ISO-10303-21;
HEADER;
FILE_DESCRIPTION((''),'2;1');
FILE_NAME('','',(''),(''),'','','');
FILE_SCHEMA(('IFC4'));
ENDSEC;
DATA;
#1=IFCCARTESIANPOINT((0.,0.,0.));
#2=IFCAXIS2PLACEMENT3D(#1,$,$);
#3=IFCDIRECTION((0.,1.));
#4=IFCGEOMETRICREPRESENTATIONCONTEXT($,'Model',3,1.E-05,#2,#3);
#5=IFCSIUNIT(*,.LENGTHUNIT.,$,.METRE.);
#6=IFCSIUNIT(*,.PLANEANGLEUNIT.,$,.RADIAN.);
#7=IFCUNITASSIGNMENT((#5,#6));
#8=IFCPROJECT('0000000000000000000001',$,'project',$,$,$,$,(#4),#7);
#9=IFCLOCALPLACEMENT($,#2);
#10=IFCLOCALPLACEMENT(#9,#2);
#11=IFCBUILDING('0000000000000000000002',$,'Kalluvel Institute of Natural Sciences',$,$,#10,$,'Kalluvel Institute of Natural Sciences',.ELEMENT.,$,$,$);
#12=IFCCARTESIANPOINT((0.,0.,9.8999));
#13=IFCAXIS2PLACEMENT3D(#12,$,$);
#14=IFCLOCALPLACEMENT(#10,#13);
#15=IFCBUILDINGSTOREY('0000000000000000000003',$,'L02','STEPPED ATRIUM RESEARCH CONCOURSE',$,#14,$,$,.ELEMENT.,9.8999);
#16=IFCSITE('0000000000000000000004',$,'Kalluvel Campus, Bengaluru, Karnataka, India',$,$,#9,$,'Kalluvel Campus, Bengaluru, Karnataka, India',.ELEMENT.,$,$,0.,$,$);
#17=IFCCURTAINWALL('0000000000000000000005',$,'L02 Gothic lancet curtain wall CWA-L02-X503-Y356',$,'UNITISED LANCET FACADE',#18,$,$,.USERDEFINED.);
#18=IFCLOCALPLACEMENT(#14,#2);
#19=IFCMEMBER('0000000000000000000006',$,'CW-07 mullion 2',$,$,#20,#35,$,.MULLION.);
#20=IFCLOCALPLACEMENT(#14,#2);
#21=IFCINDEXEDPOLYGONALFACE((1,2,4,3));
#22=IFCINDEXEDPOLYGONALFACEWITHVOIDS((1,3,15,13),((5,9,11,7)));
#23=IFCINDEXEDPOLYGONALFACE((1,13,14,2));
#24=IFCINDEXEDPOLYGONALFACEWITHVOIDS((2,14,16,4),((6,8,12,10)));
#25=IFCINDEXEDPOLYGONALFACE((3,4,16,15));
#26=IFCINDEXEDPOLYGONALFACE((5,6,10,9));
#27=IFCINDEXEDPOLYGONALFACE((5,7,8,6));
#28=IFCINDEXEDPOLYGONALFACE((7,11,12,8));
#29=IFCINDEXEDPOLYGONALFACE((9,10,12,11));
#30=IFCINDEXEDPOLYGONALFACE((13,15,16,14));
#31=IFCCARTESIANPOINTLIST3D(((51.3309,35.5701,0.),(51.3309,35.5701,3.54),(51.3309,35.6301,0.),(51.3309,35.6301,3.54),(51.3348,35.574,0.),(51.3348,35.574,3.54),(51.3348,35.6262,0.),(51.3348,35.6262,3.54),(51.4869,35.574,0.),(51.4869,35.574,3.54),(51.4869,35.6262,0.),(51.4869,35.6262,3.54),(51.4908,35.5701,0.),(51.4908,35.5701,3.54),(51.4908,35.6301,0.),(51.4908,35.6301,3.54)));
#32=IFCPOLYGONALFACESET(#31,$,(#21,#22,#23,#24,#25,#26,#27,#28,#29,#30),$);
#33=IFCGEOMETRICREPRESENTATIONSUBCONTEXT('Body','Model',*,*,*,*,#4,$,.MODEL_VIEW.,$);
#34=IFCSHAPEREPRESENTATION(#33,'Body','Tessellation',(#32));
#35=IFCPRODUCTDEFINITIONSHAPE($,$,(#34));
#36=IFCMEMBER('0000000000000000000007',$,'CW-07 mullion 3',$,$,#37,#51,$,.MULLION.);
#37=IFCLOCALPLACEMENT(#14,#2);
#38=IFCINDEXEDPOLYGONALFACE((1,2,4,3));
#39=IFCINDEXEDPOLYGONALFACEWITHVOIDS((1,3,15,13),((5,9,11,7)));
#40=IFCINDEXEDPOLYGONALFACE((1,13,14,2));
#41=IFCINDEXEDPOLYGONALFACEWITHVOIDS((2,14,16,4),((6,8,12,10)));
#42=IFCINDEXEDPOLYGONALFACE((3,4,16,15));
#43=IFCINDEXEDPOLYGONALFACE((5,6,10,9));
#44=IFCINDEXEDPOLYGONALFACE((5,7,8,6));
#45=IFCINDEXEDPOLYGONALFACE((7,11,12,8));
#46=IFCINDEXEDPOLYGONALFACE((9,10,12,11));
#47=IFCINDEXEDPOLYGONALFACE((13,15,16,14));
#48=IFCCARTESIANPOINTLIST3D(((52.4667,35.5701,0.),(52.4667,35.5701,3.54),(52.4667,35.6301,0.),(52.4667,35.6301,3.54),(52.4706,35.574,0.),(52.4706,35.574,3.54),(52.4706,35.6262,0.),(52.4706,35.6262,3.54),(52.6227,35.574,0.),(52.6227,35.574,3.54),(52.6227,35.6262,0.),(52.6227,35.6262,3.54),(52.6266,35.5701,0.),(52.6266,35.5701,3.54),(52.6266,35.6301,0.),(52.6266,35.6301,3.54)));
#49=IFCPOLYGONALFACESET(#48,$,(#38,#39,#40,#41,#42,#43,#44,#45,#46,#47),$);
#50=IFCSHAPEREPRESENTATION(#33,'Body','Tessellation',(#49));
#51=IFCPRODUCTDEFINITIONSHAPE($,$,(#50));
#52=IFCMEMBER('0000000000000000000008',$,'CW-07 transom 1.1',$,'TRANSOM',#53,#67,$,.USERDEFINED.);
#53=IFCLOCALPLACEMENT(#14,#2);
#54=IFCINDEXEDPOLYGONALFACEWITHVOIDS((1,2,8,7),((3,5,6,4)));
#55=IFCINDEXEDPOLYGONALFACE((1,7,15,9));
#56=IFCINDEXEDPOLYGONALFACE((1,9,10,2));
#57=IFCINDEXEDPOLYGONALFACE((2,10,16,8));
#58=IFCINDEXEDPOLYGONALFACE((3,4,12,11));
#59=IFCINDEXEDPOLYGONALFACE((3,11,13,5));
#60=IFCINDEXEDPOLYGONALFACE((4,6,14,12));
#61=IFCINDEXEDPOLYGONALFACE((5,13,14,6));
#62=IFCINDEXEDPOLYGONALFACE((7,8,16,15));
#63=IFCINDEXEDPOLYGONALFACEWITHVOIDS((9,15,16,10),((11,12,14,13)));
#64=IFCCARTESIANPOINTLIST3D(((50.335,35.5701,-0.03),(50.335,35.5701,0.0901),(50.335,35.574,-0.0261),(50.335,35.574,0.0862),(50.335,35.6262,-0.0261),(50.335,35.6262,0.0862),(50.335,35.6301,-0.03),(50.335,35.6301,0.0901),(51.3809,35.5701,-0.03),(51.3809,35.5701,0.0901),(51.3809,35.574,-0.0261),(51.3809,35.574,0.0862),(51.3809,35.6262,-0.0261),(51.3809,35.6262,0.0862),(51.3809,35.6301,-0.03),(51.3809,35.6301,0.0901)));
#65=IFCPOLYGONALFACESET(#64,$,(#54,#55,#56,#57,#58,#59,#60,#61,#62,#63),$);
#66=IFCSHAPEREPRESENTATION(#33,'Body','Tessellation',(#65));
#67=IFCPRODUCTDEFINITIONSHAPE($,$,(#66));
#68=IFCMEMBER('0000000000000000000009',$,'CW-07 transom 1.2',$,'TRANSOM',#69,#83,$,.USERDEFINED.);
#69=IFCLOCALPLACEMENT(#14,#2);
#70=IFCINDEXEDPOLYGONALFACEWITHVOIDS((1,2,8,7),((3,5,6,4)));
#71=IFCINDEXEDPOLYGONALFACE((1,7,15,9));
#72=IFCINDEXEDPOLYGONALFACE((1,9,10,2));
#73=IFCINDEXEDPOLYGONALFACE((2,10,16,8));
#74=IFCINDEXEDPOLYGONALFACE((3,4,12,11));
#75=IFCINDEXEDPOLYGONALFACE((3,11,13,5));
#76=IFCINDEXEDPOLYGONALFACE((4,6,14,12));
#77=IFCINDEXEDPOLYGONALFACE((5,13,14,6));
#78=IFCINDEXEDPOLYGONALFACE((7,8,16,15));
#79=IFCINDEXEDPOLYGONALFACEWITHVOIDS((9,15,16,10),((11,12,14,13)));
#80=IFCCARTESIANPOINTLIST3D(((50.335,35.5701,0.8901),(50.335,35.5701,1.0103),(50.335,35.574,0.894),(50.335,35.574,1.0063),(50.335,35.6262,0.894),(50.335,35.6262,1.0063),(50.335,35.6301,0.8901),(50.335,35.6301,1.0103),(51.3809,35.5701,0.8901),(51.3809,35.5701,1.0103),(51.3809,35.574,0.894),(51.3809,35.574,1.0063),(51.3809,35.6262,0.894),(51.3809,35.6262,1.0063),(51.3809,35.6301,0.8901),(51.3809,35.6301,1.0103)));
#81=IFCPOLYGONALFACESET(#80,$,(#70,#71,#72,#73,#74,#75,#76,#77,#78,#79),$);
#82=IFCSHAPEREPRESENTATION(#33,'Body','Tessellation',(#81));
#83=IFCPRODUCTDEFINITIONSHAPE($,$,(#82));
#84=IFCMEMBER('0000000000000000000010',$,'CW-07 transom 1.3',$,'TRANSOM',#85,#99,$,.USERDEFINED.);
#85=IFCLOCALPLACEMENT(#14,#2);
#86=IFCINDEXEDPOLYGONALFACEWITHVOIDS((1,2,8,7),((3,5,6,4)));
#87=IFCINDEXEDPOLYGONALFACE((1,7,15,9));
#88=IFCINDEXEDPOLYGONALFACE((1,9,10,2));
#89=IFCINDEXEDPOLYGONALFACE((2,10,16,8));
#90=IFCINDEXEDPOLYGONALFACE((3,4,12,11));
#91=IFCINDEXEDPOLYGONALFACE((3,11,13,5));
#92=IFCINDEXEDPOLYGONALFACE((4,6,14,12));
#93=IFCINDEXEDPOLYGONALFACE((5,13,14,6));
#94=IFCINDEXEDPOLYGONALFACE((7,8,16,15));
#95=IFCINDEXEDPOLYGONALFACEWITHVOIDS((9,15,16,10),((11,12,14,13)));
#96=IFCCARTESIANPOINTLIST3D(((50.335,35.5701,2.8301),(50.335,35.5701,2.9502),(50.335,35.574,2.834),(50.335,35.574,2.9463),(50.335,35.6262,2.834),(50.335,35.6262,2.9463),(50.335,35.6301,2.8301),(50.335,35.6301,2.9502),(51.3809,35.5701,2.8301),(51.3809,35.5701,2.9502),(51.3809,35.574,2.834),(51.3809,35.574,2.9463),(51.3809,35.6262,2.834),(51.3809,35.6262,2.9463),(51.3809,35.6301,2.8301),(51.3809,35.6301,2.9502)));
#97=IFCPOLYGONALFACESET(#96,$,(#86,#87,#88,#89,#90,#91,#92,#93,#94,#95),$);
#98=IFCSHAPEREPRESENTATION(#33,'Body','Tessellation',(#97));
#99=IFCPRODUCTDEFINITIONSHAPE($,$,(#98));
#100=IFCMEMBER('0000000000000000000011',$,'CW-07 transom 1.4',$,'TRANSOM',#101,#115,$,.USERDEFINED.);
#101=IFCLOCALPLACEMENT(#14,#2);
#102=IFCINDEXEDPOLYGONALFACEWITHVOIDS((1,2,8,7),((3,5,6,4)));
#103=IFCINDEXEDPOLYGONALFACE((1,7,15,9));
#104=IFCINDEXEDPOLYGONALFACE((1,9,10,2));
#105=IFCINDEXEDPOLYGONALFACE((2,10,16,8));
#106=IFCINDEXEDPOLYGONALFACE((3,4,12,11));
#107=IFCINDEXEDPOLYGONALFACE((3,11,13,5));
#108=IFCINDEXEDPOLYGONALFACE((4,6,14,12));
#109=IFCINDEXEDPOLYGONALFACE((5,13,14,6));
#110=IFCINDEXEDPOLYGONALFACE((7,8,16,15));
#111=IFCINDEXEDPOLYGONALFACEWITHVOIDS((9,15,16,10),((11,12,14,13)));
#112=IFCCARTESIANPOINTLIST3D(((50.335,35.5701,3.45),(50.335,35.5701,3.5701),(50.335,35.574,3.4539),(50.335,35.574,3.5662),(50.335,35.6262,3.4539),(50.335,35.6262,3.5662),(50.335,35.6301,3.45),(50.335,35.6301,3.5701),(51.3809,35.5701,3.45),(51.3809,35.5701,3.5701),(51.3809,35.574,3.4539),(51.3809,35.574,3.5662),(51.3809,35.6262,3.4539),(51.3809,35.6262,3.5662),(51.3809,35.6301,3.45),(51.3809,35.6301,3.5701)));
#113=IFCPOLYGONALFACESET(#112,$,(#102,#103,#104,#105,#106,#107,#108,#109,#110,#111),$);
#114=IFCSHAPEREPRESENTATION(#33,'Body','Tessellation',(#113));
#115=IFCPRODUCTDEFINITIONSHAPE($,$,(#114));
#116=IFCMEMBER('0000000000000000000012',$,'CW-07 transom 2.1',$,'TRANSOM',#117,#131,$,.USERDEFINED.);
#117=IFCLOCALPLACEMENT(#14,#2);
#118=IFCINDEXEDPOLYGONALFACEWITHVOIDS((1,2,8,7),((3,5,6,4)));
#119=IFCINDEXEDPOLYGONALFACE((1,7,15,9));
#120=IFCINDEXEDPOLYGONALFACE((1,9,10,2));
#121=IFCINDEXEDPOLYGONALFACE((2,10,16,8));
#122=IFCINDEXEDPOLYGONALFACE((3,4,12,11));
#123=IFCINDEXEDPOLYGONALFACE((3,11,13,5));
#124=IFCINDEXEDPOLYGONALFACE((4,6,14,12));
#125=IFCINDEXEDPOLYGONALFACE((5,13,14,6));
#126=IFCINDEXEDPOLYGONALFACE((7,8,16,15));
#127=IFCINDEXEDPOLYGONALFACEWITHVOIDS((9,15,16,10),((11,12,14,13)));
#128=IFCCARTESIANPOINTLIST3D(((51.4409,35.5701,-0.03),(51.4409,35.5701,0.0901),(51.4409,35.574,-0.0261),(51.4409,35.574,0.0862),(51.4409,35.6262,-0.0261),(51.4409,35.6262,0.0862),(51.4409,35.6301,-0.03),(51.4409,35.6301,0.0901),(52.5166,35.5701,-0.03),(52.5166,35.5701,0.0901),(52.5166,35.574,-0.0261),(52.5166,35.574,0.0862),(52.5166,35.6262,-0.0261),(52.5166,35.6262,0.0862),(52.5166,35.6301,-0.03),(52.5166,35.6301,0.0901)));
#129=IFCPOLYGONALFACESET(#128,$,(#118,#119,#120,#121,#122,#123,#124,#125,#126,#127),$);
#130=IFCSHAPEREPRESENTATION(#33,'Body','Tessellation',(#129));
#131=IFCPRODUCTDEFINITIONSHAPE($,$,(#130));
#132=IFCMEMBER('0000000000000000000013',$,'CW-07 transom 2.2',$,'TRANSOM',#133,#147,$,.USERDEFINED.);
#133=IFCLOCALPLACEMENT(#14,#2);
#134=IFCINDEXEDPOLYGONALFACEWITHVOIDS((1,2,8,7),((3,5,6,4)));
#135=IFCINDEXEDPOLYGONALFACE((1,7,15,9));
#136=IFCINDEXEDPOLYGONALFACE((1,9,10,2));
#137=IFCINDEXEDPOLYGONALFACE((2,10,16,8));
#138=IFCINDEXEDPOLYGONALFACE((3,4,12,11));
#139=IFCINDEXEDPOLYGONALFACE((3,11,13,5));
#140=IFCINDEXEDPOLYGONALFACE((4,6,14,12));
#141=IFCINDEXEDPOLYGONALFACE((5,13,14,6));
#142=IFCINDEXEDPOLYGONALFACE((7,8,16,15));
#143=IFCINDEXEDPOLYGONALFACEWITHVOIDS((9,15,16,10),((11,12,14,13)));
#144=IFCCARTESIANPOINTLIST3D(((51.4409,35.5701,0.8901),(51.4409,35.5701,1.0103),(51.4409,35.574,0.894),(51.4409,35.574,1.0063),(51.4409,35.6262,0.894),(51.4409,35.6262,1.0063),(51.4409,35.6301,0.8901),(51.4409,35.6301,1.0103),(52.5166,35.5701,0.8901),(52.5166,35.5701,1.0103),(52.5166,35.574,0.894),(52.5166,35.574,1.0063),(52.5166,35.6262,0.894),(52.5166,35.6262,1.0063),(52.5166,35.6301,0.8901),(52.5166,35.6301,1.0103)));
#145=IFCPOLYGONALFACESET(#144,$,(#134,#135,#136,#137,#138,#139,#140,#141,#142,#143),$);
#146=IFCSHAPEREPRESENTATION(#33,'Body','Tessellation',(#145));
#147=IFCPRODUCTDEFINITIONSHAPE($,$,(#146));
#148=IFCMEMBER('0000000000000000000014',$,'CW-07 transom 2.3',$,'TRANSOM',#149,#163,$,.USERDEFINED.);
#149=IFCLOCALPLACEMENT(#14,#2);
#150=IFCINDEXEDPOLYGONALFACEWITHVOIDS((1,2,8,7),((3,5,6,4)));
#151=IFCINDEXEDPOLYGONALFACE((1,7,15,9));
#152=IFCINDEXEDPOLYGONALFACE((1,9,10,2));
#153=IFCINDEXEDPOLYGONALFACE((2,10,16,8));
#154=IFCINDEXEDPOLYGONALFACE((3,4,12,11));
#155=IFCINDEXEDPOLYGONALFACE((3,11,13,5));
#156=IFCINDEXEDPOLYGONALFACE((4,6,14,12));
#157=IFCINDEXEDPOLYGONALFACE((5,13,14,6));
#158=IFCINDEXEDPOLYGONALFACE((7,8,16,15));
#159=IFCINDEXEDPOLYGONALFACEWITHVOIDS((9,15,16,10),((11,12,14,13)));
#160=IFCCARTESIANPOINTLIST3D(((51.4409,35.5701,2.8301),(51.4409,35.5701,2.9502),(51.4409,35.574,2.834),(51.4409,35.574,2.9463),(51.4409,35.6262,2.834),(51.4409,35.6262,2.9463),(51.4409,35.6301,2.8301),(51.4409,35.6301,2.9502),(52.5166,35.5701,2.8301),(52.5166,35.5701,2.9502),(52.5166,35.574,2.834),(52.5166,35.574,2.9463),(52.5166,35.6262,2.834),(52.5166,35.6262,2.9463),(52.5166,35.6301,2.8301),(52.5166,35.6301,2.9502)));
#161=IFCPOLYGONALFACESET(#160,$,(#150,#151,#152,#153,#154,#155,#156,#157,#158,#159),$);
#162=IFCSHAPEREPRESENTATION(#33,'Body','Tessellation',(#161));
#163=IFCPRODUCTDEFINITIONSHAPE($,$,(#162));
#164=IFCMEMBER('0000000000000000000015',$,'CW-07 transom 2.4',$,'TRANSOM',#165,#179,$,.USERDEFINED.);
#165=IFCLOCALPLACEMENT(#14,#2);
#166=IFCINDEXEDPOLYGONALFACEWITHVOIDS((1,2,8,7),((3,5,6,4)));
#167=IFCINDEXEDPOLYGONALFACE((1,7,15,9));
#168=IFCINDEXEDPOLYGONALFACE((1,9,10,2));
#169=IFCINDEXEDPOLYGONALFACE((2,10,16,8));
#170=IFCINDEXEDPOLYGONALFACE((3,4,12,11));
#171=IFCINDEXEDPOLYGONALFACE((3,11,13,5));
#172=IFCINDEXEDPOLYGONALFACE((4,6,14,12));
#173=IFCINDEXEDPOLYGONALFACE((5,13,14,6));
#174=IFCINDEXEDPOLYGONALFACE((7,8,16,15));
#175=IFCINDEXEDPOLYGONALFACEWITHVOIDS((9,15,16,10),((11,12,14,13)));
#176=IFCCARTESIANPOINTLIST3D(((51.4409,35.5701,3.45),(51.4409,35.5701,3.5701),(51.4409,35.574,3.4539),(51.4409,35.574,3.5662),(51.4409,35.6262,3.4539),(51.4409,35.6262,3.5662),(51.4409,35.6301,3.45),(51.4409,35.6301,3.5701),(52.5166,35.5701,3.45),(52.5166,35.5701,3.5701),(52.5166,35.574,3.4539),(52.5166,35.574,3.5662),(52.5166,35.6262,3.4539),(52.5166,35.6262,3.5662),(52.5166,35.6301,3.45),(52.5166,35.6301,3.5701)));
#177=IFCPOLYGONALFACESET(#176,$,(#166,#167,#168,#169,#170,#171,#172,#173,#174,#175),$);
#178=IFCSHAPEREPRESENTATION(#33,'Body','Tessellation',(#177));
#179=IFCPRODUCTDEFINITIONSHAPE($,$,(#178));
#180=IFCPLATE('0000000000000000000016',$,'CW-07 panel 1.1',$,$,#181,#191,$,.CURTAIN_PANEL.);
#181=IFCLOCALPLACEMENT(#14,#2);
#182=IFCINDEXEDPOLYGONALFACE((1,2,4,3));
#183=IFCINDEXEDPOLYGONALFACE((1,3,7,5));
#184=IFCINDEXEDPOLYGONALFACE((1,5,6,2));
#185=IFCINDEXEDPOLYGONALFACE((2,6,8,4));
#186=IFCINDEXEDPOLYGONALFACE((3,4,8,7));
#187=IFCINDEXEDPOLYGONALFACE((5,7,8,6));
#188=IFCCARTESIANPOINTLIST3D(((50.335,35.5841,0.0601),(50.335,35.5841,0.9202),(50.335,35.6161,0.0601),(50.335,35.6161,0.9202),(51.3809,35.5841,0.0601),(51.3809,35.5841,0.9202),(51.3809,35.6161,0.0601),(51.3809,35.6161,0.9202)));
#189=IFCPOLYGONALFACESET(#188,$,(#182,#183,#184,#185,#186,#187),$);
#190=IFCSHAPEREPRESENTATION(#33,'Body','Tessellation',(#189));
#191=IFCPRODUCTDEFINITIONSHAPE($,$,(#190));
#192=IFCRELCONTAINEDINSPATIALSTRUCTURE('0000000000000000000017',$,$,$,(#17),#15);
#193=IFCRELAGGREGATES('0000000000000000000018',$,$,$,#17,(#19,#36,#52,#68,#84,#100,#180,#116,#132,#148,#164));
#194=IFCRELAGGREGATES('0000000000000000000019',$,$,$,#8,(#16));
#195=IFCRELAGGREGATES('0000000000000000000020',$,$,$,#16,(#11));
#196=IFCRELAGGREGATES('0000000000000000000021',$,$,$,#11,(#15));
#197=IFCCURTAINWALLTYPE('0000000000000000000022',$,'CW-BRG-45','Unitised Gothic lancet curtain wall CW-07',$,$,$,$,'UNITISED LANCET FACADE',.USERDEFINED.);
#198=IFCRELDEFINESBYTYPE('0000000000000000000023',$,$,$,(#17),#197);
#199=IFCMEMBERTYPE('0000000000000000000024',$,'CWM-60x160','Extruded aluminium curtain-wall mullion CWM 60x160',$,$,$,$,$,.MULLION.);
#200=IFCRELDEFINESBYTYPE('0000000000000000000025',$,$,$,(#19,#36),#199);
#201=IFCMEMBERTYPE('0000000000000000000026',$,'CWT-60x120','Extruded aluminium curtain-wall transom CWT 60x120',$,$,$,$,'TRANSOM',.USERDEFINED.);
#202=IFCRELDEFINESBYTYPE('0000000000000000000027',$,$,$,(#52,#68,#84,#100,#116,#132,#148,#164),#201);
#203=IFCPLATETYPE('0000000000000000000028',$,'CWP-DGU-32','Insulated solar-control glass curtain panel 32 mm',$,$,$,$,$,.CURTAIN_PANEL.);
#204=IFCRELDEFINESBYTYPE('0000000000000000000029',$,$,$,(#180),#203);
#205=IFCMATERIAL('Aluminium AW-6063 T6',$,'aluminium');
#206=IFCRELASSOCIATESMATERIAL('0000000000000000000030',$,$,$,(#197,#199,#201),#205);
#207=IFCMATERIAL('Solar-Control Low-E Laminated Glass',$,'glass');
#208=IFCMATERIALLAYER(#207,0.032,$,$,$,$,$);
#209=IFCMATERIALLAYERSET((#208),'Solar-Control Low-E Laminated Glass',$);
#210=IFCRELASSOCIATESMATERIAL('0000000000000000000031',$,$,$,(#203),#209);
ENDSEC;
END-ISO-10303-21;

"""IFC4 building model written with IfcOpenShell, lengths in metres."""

from ifc_helpers import new_model, si_unit, direction, frame, origin, origin_2d, place, context, subcontext, project, spatial, rectangle, hollow_rectangle, extrude, material, layer, layer_set, material_profile, profile_set, type_object, element, aggregate, save


model = new_model("IFC4")

# Units and contexts
model_context = context("Model", 3, precision=1e-05, world=origin(), true_north=direction((0.0, 1.0)))
body_context = subcontext(model_context, "Body", "Model", "MODEL_VIEW")
ifc_project = project(units=[si_unit("LENGTHUNIT", "METRE"), si_unit("PLANEANGLEUNIT", "RADIAN")], contexts=[model_context])

# Site, building, storey
site_placement = place(None, origin())
site = spatial("IfcSite", under=ifc_project, at=site_placement, Name="Kalluvel Campus, Bengaluru, Karnataka, India", LongName="Kalluvel Campus, Bengaluru, Karnataka, India", CompositionType="ELEMENT", RefElevation=0.0)
building_placement = place(site_placement, origin())
building = spatial("IfcBuilding", under=site, at=building_placement, Name="Kalluvel Institute of Natural Sciences", LongName="Kalluvel Institute of Natural Sciences", CompositionType="ELEMENT")
storey_placement = place(building_placement, frame((0.0, 0.0, 9.8999)))
storey = spatial("IfcBuildingStorey", under=building, at=storey_placement, Name="L02", Description="STEPPED ATRIUM RESEARCH CONCOURSE", CompositionType="ELEMENT", Elevation=9.8999)

# Curtain wall, members, plate
ifc_material_1 = material(Name="Aluminium AW-6063 T6", Category="aluminium")
curtain_wall_type = type_object("IfcCurtainWallType", Name="CW-BRG-45", Description="Unitised Gothic lancet curtain wall CW-07", ElementType="UNITISED LANCET FACADE", PredefinedType="USERDEFINED", material=ifc_material_1)
curtain_wall_placement = place(storey_placement, origin())
curtain_wall = element("IfcCurtainWall", 1, at=curtain_wall_placement, inside=storey, type_object=curtain_wall_type, Name="L02 Gothic lancet curtain wall CWA-L02-X503-Y356", ObjectType="UNITISED LANCET FACADE", PredefinedType="USERDEFINED")
ifc_material_profile_1 = material_profile(ifc_material_1, hollow_rectangle(XDim=0.0601, YDim=0.1599, WallThickness=0.0039, at=origin_2d()), Name="CWM 60x160")
ifc_profile_set_1 = profile_set([ifc_material_profile_1], Name="Aluminium AW-6063 T6")
member_type_1 = type_object("IfcMemberType", Name="CWM-60x160", Description="Extruded aluminium curtain-wall mullion CWM 60x160", PredefinedType="MULLION", material=ifc_profile_set_1)
member_1_placement = place(storey_placement, frame((51.4109, 35.6001, 0.0), z_axis=(0.0, 0.0, 1.0), x_axis=(0.0, 1.0, 0.0)))
member_1 = element("IfcMember", 2, at=member_1_placement, type_object=member_type_1, Name="CW-07 mullion 2", PredefinedType="MULLION", context=body_context, shape_type="SweptSolid", body=[
    extrude(hollow_rectangle(XDim=0.0601, YDim=0.1599, WallThickness=0.0039, at=origin_2d()), origin(), (0.0, 0.0, 1.0), 3.54),
])
member_2_placement = place(storey_placement, frame((52.5466, 35.6001, 0.0), z_axis=(0.0, 0.0, 1.0), x_axis=(0.0, 1.0, 0.0)))
member_2 = element("IfcMember", 3, at=member_2_placement, type_object=member_type_1, Name="CW-07 mullion 3", PredefinedType="MULLION", context=body_context, shape_type="SweptSolid", body=[
    extrude(hollow_rectangle(XDim=0.0601, YDim=0.1599, WallThickness=0.0039, at=origin_2d()), origin(), (0.0, 0.0, 1.0), 3.54),
])
ifc_material_profile_2 = material_profile(ifc_material_1, hollow_rectangle(XDim=0.0601, YDim=0.1201, WallThickness=0.0039, at=origin_2d()), Name="CWT 60x120")
ifc_profile_set_2 = profile_set([ifc_material_profile_2], Name="Aluminium AW-6063 T6")
member_type_2 = type_object("IfcMemberType", Name="CWT-60x120", Description="Extruded aluminium curtain-wall transom CWT 60x120", ElementType="TRANSOM", PredefinedType="USERDEFINED", material=ifc_profile_set_2)
member_3_placement = place(storey_placement, frame((50.335, 35.6001, 0.03), z_axis=(1.0, 0.0, 0.0), x_axis=(0.0, 1.0, 0.0)))
member_3 = element("IfcMember", 4, at=member_3_placement, type_object=member_type_2, Name="CW-07 transom 1.1", ObjectType="TRANSOM", PredefinedType="USERDEFINED", context=body_context, shape_type="SweptSolid", body=[
    extrude(hollow_rectangle(XDim=0.0601, YDim=0.1201, WallThickness=0.0039, at=origin_2d()), origin(), (0.0, 0.0, 1.0), 1.0459),
])
member_4_placement = place(storey_placement, frame((50.335, 35.6001, 0.9502), z_axis=(1.0, 0.0, 0.0), x_axis=(0.0, 1.0, 0.0)))
member_4 = element("IfcMember", 5, at=member_4_placement, type_object=member_type_2, Name="CW-07 transom 1.2", ObjectType="TRANSOM", PredefinedType="USERDEFINED", context=body_context, shape_type="SweptSolid", body=[
    extrude(hollow_rectangle(XDim=0.0601, YDim=0.1201, WallThickness=0.0039, at=origin_2d()), origin(), (0.0, 0.0, 1.0), 1.0459),
])
member_5_placement = place(storey_placement, frame((50.335, 35.6001, 2.8901), z_axis=(1.0, 0.0, 0.0), x_axis=(0.0, 1.0, 0.0)))
member_5 = element("IfcMember", 6, at=member_5_placement, type_object=member_type_2, Name="CW-07 transom 1.3", ObjectType="TRANSOM", PredefinedType="USERDEFINED", context=body_context, shape_type="SweptSolid", body=[
    extrude(hollow_rectangle(XDim=0.0601, YDim=0.1201, WallThickness=0.0039, at=origin_2d()), origin(), (0.0, 0.0, 1.0), 1.0459),
])
member_6_placement = place(storey_placement, frame((50.335, 35.6001, 3.51), z_axis=(1.0, 0.0, 0.0), x_axis=(0.0, 1.0, 0.0)))
member_6 = element("IfcMember", 7, at=member_6_placement, type_object=member_type_2, Name="CW-07 transom 1.4", ObjectType="TRANSOM", PredefinedType="USERDEFINED", context=body_context, shape_type="SweptSolid", body=[
    extrude(hollow_rectangle(XDim=0.0601, YDim=0.1201, WallThickness=0.0039, at=origin_2d()), origin(), (0.0, 0.0, 1.0), 1.0459),
])
member_7_placement = place(storey_placement, frame((51.4409, 35.6001, 0.03), z_axis=(1.0, 0.0, 0.0), x_axis=(0.0, 1.0, 0.0)))
member_7 = element("IfcMember", 8, at=member_7_placement, type_object=member_type_2, Name="CW-07 transom 2.1", ObjectType="TRANSOM", PredefinedType="USERDEFINED", context=body_context, shape_type="SweptSolid", body=[
    extrude(hollow_rectangle(XDim=0.0601, YDim=0.1201, WallThickness=0.0039, at=origin_2d()), origin(), (0.0, 0.0, 1.0), 1.0757),
])
member_8_placement = place(storey_placement, frame((51.4409, 35.6001, 0.9502), z_axis=(1.0, 0.0, 0.0), x_axis=(0.0, 1.0, 0.0)))
member_8 = element("IfcMember", 9, at=member_8_placement, type_object=member_type_2, Name="CW-07 transom 2.2", ObjectType="TRANSOM", PredefinedType="USERDEFINED", context=body_context, shape_type="SweptSolid", body=[
    extrude(hollow_rectangle(XDim=0.0601, YDim=0.1201, WallThickness=0.0039, at=origin_2d()), origin(), (0.0, 0.0, 1.0), 1.0757),
])
member_9_placement = place(storey_placement, frame((51.4409, 35.6001, 2.8901), z_axis=(1.0, 0.0, 0.0), x_axis=(0.0, 1.0, 0.0)))
member_9 = element("IfcMember", 10, at=member_9_placement, type_object=member_type_2, Name="CW-07 transom 2.3", ObjectType="TRANSOM", PredefinedType="USERDEFINED", context=body_context, shape_type="SweptSolid", body=[
    extrude(hollow_rectangle(XDim=0.0601, YDim=0.1201, WallThickness=0.0039, at=origin_2d()), origin(), (0.0, 0.0, 1.0), 1.0757),
])
member_10_placement = place(storey_placement, frame((51.4409, 35.6001, 3.51), z_axis=(1.0, 0.0, 0.0), x_axis=(0.0, 1.0, 0.0)))
member_10 = element("IfcMember", 11, at=member_10_placement, type_object=member_type_2, Name="CW-07 transom 2.4", ObjectType="TRANSOM", PredefinedType="USERDEFINED", context=body_context, shape_type="SweptSolid", body=[
    extrude(hollow_rectangle(XDim=0.0601, YDim=0.1201, WallThickness=0.0039, at=origin_2d()), origin(), (0.0, 0.0, 1.0), 1.0757),
])
ifc_material_2 = material(Name="Solar-Control Low-E Laminated Glass", Category="glass")
ifc_layer_1 = layer(ifc_material_2, 0.032)
ifc_layer_set_1 = layer_set([ifc_layer_1], Name="Solar-Control Low-E Laminated Glass")
plate_type = type_object("IfcPlateType", Name="CWP-DGU-32", Description="Insulated solar-control glass curtain panel 32 mm", PredefinedType="CURTAIN_PANEL", material=ifc_layer_set_1)
plate_1_placement = place(storey_placement, frame((50.8579, 35.6001, 0.0601), z_axis=(0.0, 0.0, 1.0), x_axis=(1.0, 0.0, 0.0)))
plate_1 = element("IfcPlate", 12, at=plate_1_placement, type_object=plate_type, Name="CW-07 panel 1.1", PredefinedType="CURTAIN_PANEL", context=body_context, shape_type="SweptSolid", body=[
    extrude(rectangle(XDim=1.0459, YDim=0.032, at=origin_2d()), origin(), (0.0, 0.0, 1.0), 0.8601),
])
aggregate(curtain_wall, [member_1, member_2, member_3, member_4, member_5, member_6, plate_1, member_7, member_8, member_9, member_10])

save(model, "model.ifc")
